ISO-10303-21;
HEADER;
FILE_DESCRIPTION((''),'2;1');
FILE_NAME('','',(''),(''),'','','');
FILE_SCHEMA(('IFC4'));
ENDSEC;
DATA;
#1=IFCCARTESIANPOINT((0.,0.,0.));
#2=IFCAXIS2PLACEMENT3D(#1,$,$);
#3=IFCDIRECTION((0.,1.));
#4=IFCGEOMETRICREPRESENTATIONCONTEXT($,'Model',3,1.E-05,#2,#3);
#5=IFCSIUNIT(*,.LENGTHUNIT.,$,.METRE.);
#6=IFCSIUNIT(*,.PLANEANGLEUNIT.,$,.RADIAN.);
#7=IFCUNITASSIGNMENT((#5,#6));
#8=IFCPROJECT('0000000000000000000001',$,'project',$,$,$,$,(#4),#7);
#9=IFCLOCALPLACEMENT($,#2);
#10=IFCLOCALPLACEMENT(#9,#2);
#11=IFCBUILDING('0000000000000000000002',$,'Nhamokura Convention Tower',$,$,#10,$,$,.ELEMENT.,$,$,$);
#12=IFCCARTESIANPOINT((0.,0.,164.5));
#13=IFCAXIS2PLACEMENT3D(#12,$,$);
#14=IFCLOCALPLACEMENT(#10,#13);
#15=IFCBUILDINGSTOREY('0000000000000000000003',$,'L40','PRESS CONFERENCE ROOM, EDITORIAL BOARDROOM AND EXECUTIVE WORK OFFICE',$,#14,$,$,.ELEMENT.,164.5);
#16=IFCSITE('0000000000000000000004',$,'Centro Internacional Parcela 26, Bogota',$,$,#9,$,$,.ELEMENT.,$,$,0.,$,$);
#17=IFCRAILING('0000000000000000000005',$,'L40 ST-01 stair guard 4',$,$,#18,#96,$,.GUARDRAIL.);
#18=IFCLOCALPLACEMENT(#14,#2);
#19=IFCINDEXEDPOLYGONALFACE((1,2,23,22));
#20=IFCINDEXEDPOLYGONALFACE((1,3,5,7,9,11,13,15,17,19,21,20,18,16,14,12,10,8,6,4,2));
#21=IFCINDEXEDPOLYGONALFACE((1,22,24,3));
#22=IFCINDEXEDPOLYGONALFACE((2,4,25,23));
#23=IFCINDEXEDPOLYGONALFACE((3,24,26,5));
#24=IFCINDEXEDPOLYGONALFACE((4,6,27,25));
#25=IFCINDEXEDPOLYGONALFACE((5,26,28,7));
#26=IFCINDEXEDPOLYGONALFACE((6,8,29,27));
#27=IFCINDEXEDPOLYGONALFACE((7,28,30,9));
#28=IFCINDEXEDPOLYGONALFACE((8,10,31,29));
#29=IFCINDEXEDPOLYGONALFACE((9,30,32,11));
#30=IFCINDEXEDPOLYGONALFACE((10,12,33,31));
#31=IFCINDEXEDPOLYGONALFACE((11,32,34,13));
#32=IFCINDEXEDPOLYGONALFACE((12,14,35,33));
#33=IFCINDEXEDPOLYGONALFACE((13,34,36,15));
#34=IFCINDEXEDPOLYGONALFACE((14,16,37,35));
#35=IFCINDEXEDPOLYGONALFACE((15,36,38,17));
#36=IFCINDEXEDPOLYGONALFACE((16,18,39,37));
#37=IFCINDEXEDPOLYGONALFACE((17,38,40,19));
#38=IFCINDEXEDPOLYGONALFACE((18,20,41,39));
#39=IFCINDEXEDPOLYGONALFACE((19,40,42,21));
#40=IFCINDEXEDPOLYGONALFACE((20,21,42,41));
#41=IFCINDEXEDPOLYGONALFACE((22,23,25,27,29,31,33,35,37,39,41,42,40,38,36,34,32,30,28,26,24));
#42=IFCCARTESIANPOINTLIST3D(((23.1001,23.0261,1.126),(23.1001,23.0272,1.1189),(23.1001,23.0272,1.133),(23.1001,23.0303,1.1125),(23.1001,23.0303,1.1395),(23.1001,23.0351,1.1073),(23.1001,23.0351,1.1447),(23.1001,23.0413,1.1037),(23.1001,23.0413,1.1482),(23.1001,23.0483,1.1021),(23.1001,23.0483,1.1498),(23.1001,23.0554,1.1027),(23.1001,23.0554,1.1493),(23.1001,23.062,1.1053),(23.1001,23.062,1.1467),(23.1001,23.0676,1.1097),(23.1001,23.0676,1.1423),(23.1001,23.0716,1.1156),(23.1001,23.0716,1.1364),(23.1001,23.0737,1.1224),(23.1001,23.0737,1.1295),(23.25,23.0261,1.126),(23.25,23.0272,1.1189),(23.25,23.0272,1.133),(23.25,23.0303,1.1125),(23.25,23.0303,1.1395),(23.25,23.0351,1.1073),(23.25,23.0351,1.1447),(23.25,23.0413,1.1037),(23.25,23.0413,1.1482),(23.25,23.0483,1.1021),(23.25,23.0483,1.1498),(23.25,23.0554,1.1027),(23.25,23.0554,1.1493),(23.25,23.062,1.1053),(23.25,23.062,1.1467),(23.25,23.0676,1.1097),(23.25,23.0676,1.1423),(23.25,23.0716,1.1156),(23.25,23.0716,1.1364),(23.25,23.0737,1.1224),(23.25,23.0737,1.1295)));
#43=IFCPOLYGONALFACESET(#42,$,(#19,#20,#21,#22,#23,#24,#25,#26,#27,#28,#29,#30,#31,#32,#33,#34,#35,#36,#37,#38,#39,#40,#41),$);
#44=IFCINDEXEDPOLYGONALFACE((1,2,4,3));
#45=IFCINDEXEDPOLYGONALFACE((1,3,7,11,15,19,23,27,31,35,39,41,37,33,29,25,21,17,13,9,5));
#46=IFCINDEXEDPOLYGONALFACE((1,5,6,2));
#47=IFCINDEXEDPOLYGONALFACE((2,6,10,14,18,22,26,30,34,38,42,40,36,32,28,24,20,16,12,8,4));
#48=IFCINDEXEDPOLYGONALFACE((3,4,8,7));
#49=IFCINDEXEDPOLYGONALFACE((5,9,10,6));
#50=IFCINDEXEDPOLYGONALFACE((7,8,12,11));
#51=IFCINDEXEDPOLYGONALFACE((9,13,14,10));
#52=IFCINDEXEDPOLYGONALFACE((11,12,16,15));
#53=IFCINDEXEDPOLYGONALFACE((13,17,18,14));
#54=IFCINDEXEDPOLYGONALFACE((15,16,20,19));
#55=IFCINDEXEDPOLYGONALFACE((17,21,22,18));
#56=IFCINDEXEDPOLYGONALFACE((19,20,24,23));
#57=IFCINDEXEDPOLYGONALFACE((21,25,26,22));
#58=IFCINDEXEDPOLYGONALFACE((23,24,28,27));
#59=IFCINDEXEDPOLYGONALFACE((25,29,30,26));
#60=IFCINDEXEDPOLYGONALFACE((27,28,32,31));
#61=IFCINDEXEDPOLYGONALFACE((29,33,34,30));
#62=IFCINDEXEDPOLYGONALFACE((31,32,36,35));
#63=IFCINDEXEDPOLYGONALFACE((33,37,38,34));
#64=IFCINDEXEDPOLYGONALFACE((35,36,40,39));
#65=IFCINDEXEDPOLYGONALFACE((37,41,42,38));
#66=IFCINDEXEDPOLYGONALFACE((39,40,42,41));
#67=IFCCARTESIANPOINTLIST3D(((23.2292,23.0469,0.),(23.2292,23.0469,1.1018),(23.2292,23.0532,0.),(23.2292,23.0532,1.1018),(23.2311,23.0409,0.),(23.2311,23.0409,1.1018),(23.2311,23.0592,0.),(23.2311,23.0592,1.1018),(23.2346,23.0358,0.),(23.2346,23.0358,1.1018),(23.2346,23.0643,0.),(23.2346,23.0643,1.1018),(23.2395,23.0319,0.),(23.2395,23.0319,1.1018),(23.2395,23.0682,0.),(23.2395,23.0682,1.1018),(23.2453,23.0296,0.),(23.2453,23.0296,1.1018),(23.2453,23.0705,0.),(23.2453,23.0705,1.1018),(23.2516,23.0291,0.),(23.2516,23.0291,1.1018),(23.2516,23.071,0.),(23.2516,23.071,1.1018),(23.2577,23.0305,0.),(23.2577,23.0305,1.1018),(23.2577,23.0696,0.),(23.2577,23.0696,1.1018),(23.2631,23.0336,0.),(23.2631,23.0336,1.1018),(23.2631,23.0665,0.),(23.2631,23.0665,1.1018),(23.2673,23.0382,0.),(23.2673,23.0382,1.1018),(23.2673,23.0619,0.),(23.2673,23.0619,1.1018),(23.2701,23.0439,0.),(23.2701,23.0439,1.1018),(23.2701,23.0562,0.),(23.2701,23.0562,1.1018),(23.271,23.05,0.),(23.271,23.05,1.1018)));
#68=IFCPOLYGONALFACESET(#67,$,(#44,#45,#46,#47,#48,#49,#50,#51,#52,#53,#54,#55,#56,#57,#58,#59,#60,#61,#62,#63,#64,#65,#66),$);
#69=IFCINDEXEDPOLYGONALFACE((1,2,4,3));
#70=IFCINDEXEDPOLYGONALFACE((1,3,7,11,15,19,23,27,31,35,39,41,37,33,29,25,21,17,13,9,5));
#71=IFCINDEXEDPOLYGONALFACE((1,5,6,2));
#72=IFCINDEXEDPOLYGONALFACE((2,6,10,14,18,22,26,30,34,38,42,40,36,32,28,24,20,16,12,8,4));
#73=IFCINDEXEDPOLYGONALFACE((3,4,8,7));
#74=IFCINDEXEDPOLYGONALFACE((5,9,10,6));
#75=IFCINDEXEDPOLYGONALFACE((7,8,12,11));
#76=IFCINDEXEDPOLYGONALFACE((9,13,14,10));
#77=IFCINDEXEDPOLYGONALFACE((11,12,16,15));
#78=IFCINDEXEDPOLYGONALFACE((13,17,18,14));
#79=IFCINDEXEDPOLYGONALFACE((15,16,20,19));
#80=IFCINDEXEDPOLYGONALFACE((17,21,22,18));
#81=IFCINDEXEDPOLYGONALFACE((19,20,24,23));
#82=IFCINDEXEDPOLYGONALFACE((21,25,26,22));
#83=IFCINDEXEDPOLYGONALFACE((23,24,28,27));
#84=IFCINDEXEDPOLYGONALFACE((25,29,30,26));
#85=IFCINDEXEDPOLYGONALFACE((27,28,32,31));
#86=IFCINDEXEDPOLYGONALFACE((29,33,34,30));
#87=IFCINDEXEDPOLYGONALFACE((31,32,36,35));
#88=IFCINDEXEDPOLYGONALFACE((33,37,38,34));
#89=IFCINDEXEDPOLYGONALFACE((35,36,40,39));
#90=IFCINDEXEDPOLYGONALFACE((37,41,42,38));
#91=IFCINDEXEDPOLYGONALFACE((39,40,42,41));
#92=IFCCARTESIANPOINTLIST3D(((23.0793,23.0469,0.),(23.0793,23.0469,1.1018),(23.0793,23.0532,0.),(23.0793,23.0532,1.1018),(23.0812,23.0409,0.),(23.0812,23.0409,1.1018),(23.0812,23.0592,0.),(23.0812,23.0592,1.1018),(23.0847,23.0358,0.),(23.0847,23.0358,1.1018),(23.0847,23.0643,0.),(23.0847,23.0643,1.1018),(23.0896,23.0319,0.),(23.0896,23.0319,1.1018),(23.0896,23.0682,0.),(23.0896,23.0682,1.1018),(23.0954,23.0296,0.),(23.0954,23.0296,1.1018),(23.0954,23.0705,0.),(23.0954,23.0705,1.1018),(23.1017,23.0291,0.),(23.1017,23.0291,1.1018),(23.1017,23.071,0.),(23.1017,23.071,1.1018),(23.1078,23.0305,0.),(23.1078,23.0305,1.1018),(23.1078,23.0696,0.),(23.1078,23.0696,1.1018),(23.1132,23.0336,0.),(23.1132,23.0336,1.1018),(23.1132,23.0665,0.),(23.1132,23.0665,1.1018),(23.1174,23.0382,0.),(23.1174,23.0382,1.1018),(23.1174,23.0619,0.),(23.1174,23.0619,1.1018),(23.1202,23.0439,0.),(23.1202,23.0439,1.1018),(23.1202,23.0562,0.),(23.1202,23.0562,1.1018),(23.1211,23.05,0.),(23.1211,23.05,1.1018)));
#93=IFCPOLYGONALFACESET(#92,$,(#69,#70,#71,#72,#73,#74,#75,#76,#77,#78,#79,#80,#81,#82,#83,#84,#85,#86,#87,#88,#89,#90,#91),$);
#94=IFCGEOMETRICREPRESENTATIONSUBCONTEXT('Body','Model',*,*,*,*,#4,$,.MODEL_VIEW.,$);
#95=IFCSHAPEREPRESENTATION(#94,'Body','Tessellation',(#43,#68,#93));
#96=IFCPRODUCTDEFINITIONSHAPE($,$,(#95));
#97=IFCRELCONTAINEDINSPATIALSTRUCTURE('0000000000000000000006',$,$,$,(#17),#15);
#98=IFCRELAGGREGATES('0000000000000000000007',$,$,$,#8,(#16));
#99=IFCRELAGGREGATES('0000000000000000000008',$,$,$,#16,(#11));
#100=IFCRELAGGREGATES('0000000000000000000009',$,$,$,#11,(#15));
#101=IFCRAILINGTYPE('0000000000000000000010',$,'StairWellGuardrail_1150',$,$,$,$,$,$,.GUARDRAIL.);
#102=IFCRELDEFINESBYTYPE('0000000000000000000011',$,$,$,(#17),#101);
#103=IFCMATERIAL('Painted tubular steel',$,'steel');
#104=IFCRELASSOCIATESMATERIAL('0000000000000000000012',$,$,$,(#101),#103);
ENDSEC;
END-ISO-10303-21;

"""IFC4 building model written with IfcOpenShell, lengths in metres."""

from ifc_helpers import new_model, si_unit, direction, frame, origin, origin_2d, place, context, subcontext, project, spatial, circle, extrude, material, type_object, element, save


model = new_model("IFC4")

# Units and contexts
model_context = context("Model", 3, precision=1e-05, world=origin(), true_north=direction((0.0, 1.0)))
body_context = subcontext(model_context, "Body", "Model", "MODEL_VIEW")
ifc_project = project(units=[si_unit("LENGTHUNIT", "METRE"), si_unit("PLANEANGLEUNIT", "RADIAN")], contexts=[model_context])

# Site, building, storey
site_placement = place(None, origin())
site = spatial("IfcSite", under=ifc_project, at=site_placement, Name="Centro Internacional Parcela 26, Bogota", CompositionType="ELEMENT", RefElevation=0.0)
building_placement = place(site_placement, origin())
building = spatial("IfcBuilding", under=site, at=building_placement, Name="Nhamokura Convention Tower", CompositionType="ELEMENT")
storey_placement = place(building_placement, frame((0.0, 0.0, 164.5)))
storey = spatial("IfcBuildingStorey", under=building, at=storey_placement, Name="L40", Description="PRESS CONFERENCE ROOM, EDITORIAL BOARDROOM AND EXECUTIVE WORK OFFICE", CompositionType="ELEMENT", Elevation=164.5)

# Railing
ifc_material_1 = material(Name="Painted tubular steel", Category="steel")
railing_type_1 = type_object("IfcRailingType", Name="StairWellGuardrail_1150", PredefinedType="GUARDRAIL", material=ifc_material_1)
railing_1_placement = place(storey_placement, frame((23.25, 23.05, 0.0)))
element("IfcRailing", 1, at=railing_1_placement, inside=storey, type_object=railing_type_1, Name="L40 ST-01 stair guard 4", PredefinedType="GUARDRAIL", context=body_context, shape_type="SweptSolid", body=[
    extrude(circle(Radius=0.0239, at=origin_2d()), frame((0.0, 0.0, 1.126), z_axis=(-1.0, 0.0, 0.0), x_axis=(0.0, -1.0, 0.0)), (0.0, 0.0, 1.0), 0.1499),
    extrude(circle(Radius=0.021, at=origin_2d()), origin(), (0.0, 0.0, 1.0), 1.1018),
    extrude(circle(Radius=0.021, at=origin_2d()), frame((-0.1499, 0.0, 0.0)), (0.0, 0.0, 1.0), 1.1018),
])

save(model, "model.ifc")
